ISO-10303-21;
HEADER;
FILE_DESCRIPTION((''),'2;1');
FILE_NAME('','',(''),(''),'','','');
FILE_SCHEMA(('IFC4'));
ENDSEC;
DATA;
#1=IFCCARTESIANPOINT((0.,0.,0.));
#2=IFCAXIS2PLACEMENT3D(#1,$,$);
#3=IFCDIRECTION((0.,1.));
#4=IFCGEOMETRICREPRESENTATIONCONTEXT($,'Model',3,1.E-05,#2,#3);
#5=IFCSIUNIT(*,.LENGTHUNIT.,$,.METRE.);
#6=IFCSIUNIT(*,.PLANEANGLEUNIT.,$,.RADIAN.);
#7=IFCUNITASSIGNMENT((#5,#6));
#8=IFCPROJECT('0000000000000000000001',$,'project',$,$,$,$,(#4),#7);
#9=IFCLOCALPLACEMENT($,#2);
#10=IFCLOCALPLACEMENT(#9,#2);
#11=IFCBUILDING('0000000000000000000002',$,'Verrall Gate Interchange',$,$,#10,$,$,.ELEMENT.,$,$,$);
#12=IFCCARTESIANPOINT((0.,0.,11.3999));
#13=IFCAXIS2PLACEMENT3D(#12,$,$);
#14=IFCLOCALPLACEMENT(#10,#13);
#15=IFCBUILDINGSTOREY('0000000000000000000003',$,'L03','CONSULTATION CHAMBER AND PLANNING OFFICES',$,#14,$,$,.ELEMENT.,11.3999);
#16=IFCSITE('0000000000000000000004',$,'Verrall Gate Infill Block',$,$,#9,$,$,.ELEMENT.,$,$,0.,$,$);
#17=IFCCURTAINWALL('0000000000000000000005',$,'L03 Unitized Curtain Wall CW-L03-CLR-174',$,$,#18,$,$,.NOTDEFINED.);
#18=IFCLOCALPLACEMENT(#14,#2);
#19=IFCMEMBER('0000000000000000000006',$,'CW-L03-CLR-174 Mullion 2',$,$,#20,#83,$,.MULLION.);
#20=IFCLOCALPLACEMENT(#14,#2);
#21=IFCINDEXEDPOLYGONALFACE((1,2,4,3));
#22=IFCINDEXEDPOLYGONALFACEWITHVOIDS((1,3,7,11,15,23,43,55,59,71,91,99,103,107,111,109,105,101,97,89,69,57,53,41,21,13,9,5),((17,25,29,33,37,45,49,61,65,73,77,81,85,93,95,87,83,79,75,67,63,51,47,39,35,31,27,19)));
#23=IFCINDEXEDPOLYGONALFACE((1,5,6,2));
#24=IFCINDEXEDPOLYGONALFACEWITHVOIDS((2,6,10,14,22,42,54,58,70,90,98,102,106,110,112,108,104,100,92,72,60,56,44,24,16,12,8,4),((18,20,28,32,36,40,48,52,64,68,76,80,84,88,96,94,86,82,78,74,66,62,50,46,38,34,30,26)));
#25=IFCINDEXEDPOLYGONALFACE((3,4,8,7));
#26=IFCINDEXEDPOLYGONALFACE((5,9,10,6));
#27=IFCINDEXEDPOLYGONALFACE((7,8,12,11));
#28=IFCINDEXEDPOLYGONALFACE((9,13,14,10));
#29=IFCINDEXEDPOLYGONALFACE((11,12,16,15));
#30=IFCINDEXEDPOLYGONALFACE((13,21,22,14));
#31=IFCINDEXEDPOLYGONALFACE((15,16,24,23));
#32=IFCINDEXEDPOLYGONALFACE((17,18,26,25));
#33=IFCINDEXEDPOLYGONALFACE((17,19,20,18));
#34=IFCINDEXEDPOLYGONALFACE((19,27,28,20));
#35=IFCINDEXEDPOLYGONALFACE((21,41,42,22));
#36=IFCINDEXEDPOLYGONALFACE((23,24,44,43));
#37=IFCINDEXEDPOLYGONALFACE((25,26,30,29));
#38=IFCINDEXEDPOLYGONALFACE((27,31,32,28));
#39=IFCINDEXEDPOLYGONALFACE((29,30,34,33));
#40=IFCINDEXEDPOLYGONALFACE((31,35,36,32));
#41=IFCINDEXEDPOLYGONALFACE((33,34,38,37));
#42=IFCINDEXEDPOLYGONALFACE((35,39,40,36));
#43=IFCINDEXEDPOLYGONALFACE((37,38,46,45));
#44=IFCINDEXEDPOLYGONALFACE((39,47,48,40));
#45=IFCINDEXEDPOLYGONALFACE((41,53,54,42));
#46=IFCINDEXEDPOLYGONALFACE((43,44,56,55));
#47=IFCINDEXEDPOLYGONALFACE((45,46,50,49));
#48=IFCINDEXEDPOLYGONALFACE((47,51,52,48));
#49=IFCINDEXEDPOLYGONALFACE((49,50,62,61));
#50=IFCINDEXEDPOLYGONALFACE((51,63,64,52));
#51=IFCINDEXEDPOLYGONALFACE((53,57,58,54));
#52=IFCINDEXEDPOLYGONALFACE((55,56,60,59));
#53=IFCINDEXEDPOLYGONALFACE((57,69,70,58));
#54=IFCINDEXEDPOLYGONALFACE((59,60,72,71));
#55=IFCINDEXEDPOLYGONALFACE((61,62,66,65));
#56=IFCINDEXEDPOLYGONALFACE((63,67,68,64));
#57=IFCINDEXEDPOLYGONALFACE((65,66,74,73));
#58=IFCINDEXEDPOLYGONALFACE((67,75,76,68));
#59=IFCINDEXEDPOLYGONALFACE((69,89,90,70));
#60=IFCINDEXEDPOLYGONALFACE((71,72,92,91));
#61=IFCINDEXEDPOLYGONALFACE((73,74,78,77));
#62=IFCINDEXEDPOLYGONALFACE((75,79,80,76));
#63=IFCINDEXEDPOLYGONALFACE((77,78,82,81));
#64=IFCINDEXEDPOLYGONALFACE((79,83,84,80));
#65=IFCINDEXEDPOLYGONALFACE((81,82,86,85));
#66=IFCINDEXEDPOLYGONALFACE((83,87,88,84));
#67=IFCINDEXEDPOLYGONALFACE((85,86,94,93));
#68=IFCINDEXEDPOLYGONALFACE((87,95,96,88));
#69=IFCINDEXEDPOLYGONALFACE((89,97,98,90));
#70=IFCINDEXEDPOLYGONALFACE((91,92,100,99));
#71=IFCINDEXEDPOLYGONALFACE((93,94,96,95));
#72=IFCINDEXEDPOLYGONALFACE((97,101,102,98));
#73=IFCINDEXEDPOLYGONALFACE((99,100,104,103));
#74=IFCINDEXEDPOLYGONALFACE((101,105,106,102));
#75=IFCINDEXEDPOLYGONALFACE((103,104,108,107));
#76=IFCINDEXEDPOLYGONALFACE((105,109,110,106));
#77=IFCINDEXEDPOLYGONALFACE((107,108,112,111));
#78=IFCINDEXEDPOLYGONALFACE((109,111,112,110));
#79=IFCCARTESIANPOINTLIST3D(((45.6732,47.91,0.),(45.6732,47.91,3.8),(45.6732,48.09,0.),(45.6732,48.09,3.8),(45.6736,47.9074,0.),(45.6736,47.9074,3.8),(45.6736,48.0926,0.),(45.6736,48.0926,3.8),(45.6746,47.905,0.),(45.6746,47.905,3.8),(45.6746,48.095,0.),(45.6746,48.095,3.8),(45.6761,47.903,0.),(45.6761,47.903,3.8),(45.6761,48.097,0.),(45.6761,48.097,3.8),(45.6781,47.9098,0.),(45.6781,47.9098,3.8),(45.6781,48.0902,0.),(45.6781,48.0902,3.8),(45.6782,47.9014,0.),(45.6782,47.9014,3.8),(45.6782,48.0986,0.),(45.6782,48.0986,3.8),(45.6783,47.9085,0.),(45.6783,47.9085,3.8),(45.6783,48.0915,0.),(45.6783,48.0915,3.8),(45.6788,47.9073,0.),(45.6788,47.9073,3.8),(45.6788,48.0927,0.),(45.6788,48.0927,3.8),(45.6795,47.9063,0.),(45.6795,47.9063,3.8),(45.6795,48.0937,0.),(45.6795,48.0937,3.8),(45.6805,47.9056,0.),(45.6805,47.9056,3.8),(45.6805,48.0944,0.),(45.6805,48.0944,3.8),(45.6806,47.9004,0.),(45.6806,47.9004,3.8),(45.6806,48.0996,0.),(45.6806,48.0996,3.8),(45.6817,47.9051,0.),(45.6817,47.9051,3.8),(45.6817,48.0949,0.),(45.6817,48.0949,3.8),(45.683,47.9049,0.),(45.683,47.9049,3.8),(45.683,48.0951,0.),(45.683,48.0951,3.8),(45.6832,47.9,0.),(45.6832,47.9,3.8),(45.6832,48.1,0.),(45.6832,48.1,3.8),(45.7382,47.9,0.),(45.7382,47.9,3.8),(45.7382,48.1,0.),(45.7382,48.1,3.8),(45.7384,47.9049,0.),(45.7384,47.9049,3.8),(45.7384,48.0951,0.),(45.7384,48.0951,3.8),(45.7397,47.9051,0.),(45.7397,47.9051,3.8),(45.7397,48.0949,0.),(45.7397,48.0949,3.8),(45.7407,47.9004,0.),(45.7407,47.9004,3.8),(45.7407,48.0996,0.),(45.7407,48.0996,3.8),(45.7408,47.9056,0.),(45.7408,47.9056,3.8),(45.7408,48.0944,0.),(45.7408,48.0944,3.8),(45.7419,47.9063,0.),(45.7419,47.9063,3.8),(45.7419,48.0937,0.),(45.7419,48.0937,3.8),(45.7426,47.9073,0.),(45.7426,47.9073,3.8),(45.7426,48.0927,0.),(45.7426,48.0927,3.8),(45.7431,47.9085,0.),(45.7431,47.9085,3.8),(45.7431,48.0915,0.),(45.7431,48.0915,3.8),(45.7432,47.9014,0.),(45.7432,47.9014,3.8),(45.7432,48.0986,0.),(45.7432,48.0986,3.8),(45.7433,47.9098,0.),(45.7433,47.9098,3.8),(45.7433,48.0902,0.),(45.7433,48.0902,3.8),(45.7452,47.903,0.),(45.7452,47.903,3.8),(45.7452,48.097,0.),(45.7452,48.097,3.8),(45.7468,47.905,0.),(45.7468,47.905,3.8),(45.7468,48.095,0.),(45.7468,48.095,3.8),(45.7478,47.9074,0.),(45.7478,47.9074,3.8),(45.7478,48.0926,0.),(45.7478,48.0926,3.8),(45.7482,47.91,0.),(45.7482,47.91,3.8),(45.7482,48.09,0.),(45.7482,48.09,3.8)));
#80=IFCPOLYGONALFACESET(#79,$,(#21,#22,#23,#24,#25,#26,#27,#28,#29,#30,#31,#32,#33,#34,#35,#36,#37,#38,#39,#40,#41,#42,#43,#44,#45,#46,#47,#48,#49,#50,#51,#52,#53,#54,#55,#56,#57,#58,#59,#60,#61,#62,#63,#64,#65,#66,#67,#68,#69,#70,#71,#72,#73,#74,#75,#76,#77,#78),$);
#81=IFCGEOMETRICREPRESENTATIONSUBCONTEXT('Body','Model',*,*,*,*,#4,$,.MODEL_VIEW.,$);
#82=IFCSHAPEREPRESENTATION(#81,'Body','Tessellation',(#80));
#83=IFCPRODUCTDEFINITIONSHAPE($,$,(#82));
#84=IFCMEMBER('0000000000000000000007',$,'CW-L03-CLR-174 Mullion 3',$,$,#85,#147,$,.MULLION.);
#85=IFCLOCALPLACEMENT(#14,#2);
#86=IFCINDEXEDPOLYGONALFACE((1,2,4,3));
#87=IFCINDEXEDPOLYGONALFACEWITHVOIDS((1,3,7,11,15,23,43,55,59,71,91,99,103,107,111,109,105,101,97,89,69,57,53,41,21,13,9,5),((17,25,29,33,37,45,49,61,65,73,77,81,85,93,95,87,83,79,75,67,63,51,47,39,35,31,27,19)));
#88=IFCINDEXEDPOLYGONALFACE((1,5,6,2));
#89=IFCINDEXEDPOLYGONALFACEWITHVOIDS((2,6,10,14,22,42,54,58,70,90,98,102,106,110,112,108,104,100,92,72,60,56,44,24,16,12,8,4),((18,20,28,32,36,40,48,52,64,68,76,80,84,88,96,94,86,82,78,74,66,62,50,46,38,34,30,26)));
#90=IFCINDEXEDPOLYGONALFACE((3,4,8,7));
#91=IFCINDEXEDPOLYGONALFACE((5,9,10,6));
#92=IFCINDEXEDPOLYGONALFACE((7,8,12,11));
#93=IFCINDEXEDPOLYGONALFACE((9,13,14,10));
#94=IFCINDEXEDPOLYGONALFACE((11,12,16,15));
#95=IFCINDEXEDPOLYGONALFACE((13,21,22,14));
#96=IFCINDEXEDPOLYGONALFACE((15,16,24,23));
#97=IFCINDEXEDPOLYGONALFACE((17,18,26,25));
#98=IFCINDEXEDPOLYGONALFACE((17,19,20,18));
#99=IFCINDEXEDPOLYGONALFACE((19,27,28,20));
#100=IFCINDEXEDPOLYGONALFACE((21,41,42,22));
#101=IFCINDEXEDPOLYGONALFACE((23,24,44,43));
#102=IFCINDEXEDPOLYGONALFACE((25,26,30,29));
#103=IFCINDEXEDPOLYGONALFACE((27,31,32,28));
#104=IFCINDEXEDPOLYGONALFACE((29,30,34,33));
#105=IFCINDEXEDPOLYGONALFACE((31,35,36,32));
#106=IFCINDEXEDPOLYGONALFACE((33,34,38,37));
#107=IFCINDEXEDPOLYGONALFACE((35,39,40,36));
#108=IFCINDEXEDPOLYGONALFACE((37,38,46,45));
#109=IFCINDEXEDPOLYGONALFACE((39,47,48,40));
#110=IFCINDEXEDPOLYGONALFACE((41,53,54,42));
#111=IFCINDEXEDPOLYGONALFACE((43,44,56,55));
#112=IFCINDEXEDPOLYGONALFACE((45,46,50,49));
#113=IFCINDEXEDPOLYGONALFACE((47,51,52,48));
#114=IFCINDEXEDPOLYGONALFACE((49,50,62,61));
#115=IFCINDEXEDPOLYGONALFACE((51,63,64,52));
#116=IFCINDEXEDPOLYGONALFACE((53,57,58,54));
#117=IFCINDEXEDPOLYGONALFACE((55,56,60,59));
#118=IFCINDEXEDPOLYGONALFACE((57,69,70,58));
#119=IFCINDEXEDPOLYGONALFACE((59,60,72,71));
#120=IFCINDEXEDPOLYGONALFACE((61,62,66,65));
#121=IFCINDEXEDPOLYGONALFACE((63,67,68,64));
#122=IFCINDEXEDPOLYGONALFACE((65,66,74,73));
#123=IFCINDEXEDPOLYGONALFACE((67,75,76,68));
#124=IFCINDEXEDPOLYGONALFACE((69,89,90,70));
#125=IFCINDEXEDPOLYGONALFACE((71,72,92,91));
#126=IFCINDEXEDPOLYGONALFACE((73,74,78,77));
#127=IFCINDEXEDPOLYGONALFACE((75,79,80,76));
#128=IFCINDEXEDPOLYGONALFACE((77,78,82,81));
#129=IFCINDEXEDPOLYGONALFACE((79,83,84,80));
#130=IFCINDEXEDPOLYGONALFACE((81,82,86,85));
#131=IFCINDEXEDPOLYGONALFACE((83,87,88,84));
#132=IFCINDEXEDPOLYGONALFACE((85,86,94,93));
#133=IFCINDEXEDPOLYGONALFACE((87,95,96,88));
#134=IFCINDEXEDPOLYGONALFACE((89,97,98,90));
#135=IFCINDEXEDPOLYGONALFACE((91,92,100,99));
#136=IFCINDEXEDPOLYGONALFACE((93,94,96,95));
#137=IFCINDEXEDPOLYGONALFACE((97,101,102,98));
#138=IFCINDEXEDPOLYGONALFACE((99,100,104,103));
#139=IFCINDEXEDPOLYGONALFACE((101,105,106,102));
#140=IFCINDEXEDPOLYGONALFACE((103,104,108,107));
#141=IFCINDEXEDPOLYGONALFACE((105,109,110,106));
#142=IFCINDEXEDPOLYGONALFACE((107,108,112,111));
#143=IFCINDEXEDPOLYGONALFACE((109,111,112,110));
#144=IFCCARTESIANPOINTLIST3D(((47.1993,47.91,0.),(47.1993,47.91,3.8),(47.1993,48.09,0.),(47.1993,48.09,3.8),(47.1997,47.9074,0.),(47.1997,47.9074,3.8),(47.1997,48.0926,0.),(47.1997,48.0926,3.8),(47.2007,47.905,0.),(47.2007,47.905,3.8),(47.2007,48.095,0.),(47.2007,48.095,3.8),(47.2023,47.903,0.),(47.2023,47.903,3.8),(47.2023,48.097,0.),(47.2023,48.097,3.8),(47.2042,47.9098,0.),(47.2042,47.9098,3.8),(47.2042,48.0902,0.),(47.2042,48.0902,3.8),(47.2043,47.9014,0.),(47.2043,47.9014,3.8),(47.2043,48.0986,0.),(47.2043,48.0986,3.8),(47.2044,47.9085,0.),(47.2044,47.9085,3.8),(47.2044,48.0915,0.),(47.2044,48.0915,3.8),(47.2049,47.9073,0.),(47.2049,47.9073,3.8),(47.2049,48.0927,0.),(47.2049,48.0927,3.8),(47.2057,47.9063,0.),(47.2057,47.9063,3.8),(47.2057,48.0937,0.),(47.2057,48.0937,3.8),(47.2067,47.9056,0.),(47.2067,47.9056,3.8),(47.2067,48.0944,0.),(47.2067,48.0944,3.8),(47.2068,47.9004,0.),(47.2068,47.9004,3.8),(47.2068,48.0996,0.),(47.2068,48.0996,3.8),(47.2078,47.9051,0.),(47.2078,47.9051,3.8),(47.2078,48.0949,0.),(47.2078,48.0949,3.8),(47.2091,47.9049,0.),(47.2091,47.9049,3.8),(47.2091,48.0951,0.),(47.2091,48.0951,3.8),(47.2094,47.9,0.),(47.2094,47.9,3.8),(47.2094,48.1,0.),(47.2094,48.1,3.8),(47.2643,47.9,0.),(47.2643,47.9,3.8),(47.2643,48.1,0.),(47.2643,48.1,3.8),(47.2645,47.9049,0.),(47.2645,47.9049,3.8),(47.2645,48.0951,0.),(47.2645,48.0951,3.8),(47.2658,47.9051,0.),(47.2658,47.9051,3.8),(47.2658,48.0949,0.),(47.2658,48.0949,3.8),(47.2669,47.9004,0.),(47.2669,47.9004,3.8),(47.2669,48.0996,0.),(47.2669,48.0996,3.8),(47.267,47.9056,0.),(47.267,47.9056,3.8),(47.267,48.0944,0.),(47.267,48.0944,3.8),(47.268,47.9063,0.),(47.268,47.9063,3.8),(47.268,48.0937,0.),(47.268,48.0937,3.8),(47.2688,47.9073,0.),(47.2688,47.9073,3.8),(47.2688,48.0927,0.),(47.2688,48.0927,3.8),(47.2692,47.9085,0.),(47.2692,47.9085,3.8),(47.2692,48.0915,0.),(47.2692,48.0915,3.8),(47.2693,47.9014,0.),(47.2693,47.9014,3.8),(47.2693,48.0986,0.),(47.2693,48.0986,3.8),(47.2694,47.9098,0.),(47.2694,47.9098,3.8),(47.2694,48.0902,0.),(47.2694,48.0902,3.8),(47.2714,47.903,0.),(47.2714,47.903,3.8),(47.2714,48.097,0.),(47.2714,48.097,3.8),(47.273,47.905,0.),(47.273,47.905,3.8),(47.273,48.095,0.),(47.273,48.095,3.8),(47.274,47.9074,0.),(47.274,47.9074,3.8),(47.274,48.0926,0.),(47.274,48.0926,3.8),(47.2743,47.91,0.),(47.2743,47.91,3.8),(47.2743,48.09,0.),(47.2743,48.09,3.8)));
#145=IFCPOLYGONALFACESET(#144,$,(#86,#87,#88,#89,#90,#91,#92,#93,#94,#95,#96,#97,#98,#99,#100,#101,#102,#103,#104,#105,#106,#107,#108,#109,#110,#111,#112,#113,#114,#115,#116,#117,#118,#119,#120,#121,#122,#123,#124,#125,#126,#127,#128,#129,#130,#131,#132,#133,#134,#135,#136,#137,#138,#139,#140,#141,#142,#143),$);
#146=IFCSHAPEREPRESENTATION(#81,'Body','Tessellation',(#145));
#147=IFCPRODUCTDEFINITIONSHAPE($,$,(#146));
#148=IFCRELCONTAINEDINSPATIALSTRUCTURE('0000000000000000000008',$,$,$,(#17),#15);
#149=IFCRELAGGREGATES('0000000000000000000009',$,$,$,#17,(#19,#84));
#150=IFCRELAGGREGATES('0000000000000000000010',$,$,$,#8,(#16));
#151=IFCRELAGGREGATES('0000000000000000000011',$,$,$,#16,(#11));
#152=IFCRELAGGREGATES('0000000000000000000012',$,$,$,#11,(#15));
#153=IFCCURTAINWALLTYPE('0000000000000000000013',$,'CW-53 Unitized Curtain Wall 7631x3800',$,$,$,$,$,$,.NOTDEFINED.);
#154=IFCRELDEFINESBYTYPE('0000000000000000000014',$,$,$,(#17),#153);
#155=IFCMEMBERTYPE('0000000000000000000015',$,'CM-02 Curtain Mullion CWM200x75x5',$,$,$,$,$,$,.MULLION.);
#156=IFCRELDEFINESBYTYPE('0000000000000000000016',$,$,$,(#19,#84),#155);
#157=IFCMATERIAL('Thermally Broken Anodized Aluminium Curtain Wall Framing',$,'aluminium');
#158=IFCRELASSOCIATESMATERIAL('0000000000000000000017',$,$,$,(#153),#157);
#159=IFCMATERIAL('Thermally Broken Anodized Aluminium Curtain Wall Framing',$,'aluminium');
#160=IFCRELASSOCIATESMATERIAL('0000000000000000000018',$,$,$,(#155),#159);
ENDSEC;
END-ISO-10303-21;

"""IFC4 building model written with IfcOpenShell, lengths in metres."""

from ifc_helpers import new_model, si_unit, direction, frame, origin, origin_2d, place, context, subcontext, project, spatial, hollow_rectangle, extrude, material, material_profile, profile_set, type_object, element, aggregate, save


model = new_model("IFC4")

# Units and contexts
model_context = context("Model", 3, precision=1e-05, world=origin(), true_north=direction((0.0, 1.0)))
body_context = subcontext(model_context, "Body", "Model", "MODEL_VIEW")
ifc_project = project(units=[si_unit("LENGTHUNIT", "METRE"), si_unit("PLANEANGLEUNIT", "RADIAN")], contexts=[model_context])

# Site, building, storey
site_placement = place(None, origin())
site = spatial("IfcSite", under=ifc_project, at=site_placement, Name="Verrall Gate Infill Block", CompositionType="ELEMENT", RefElevation=0.0)
building_placement = place(site_placement, origin())
building = spatial("IfcBuilding", under=site, at=building_placement, Name="Verrall Gate Interchange", CompositionType="ELEMENT")
storey_placement = place(building_placement, frame((0.0, 0.0, 11.3999)))
storey = spatial("IfcBuildingStorey", under=building, at=storey_placement, Name="L03", Description="CONSULTATION CHAMBER AND PLANNING OFFICES", CompositionType="ELEMENT", Elevation=11.3999)

# Curtain wall, members
ifc_material_1 = material(Name="Thermally Broken Anodized Aluminium Curtain Wall Framing", Category="aluminium")
curtain_wall_type = type_object("IfcCurtainWallType", Name="CW-53 Unitized Curtain Wall 7631x3800", PredefinedType="NOTDEFINED", material=ifc_material_1)
curtain_wall_placement = place(storey_placement, origin())
curtain_wall = element("IfcCurtainWall", 1, at=curtain_wall_placement, inside=storey, type_object=curtain_wall_type, Name="L03 Unitized Curtain Wall CW-L03-CLR-174", PredefinedType="NOTDEFINED")
ifc_material_2 = material(Name="Thermally Broken Anodized Aluminium Curtain Wall Framing", Category="aluminium")
ifc_material_profile_1 = material_profile(ifc_material_2, hollow_rectangle(XDim=0.075, YDim=0.2, WallThickness=0.0049, InnerFilletRadius=0.0049, OuterFilletRadius=0.01, at=origin_2d()), Name="CWM200x75x5")
ifc_profile_set_1 = profile_set([ifc_material_profile_1], Name="Thermally Broken Anodized Aluminium Curtain Wall Framing")
member_type_1 = type_object("IfcMemberType", Name="CM-02 Curtain Mullion CWM200x75x5", PredefinedType="MULLION", material=ifc_profile_set_1)
member_1_placement = place(storey_placement, frame((45.7107, 48.0, 0.0), z_axis=(0.0, 0.0, 1.0), x_axis=(1.0, 0.0, 0.0)))
member_1 = element("IfcMember", 2, at=member_1_placement, type_object=member_type_1, Name="CW-L03-CLR-174 Mullion 2", PredefinedType="MULLION", context=body_context, shape_type="SweptSolid", body=[
    extrude(hollow_rectangle(XDim=0.075, YDim=0.2, WallThickness=0.0049, InnerFilletRadius=0.0049, OuterFilletRadius=0.01, at=origin_2d()), origin(), (0.0, 0.0, 1.0), 3.8),
])
member_2_placement = place(storey_placement, frame((47.2368, 48.0, 0.0), z_axis=(0.0, 0.0, 1.0), x_axis=(1.0, 0.0, 0.0)))
member_2 = element("IfcMember", 3, at=member_2_placement, type_object=member_type_1, Name="CW-L03-CLR-174 Mullion 3", PredefinedType="MULLION", context=body_context, shape_type="SweptSolid", body=[
    extrude(hollow_rectangle(XDim=0.075, YDim=0.2, WallThickness=0.0049, InnerFilletRadius=0.0049, OuterFilletRadius=0.01, at=origin_2d()), origin(), (0.0, 0.0, 1.0), 3.8),
])

aggregate(curtain_wall, [member_1, member_2])

save(model, "model.ifc")
